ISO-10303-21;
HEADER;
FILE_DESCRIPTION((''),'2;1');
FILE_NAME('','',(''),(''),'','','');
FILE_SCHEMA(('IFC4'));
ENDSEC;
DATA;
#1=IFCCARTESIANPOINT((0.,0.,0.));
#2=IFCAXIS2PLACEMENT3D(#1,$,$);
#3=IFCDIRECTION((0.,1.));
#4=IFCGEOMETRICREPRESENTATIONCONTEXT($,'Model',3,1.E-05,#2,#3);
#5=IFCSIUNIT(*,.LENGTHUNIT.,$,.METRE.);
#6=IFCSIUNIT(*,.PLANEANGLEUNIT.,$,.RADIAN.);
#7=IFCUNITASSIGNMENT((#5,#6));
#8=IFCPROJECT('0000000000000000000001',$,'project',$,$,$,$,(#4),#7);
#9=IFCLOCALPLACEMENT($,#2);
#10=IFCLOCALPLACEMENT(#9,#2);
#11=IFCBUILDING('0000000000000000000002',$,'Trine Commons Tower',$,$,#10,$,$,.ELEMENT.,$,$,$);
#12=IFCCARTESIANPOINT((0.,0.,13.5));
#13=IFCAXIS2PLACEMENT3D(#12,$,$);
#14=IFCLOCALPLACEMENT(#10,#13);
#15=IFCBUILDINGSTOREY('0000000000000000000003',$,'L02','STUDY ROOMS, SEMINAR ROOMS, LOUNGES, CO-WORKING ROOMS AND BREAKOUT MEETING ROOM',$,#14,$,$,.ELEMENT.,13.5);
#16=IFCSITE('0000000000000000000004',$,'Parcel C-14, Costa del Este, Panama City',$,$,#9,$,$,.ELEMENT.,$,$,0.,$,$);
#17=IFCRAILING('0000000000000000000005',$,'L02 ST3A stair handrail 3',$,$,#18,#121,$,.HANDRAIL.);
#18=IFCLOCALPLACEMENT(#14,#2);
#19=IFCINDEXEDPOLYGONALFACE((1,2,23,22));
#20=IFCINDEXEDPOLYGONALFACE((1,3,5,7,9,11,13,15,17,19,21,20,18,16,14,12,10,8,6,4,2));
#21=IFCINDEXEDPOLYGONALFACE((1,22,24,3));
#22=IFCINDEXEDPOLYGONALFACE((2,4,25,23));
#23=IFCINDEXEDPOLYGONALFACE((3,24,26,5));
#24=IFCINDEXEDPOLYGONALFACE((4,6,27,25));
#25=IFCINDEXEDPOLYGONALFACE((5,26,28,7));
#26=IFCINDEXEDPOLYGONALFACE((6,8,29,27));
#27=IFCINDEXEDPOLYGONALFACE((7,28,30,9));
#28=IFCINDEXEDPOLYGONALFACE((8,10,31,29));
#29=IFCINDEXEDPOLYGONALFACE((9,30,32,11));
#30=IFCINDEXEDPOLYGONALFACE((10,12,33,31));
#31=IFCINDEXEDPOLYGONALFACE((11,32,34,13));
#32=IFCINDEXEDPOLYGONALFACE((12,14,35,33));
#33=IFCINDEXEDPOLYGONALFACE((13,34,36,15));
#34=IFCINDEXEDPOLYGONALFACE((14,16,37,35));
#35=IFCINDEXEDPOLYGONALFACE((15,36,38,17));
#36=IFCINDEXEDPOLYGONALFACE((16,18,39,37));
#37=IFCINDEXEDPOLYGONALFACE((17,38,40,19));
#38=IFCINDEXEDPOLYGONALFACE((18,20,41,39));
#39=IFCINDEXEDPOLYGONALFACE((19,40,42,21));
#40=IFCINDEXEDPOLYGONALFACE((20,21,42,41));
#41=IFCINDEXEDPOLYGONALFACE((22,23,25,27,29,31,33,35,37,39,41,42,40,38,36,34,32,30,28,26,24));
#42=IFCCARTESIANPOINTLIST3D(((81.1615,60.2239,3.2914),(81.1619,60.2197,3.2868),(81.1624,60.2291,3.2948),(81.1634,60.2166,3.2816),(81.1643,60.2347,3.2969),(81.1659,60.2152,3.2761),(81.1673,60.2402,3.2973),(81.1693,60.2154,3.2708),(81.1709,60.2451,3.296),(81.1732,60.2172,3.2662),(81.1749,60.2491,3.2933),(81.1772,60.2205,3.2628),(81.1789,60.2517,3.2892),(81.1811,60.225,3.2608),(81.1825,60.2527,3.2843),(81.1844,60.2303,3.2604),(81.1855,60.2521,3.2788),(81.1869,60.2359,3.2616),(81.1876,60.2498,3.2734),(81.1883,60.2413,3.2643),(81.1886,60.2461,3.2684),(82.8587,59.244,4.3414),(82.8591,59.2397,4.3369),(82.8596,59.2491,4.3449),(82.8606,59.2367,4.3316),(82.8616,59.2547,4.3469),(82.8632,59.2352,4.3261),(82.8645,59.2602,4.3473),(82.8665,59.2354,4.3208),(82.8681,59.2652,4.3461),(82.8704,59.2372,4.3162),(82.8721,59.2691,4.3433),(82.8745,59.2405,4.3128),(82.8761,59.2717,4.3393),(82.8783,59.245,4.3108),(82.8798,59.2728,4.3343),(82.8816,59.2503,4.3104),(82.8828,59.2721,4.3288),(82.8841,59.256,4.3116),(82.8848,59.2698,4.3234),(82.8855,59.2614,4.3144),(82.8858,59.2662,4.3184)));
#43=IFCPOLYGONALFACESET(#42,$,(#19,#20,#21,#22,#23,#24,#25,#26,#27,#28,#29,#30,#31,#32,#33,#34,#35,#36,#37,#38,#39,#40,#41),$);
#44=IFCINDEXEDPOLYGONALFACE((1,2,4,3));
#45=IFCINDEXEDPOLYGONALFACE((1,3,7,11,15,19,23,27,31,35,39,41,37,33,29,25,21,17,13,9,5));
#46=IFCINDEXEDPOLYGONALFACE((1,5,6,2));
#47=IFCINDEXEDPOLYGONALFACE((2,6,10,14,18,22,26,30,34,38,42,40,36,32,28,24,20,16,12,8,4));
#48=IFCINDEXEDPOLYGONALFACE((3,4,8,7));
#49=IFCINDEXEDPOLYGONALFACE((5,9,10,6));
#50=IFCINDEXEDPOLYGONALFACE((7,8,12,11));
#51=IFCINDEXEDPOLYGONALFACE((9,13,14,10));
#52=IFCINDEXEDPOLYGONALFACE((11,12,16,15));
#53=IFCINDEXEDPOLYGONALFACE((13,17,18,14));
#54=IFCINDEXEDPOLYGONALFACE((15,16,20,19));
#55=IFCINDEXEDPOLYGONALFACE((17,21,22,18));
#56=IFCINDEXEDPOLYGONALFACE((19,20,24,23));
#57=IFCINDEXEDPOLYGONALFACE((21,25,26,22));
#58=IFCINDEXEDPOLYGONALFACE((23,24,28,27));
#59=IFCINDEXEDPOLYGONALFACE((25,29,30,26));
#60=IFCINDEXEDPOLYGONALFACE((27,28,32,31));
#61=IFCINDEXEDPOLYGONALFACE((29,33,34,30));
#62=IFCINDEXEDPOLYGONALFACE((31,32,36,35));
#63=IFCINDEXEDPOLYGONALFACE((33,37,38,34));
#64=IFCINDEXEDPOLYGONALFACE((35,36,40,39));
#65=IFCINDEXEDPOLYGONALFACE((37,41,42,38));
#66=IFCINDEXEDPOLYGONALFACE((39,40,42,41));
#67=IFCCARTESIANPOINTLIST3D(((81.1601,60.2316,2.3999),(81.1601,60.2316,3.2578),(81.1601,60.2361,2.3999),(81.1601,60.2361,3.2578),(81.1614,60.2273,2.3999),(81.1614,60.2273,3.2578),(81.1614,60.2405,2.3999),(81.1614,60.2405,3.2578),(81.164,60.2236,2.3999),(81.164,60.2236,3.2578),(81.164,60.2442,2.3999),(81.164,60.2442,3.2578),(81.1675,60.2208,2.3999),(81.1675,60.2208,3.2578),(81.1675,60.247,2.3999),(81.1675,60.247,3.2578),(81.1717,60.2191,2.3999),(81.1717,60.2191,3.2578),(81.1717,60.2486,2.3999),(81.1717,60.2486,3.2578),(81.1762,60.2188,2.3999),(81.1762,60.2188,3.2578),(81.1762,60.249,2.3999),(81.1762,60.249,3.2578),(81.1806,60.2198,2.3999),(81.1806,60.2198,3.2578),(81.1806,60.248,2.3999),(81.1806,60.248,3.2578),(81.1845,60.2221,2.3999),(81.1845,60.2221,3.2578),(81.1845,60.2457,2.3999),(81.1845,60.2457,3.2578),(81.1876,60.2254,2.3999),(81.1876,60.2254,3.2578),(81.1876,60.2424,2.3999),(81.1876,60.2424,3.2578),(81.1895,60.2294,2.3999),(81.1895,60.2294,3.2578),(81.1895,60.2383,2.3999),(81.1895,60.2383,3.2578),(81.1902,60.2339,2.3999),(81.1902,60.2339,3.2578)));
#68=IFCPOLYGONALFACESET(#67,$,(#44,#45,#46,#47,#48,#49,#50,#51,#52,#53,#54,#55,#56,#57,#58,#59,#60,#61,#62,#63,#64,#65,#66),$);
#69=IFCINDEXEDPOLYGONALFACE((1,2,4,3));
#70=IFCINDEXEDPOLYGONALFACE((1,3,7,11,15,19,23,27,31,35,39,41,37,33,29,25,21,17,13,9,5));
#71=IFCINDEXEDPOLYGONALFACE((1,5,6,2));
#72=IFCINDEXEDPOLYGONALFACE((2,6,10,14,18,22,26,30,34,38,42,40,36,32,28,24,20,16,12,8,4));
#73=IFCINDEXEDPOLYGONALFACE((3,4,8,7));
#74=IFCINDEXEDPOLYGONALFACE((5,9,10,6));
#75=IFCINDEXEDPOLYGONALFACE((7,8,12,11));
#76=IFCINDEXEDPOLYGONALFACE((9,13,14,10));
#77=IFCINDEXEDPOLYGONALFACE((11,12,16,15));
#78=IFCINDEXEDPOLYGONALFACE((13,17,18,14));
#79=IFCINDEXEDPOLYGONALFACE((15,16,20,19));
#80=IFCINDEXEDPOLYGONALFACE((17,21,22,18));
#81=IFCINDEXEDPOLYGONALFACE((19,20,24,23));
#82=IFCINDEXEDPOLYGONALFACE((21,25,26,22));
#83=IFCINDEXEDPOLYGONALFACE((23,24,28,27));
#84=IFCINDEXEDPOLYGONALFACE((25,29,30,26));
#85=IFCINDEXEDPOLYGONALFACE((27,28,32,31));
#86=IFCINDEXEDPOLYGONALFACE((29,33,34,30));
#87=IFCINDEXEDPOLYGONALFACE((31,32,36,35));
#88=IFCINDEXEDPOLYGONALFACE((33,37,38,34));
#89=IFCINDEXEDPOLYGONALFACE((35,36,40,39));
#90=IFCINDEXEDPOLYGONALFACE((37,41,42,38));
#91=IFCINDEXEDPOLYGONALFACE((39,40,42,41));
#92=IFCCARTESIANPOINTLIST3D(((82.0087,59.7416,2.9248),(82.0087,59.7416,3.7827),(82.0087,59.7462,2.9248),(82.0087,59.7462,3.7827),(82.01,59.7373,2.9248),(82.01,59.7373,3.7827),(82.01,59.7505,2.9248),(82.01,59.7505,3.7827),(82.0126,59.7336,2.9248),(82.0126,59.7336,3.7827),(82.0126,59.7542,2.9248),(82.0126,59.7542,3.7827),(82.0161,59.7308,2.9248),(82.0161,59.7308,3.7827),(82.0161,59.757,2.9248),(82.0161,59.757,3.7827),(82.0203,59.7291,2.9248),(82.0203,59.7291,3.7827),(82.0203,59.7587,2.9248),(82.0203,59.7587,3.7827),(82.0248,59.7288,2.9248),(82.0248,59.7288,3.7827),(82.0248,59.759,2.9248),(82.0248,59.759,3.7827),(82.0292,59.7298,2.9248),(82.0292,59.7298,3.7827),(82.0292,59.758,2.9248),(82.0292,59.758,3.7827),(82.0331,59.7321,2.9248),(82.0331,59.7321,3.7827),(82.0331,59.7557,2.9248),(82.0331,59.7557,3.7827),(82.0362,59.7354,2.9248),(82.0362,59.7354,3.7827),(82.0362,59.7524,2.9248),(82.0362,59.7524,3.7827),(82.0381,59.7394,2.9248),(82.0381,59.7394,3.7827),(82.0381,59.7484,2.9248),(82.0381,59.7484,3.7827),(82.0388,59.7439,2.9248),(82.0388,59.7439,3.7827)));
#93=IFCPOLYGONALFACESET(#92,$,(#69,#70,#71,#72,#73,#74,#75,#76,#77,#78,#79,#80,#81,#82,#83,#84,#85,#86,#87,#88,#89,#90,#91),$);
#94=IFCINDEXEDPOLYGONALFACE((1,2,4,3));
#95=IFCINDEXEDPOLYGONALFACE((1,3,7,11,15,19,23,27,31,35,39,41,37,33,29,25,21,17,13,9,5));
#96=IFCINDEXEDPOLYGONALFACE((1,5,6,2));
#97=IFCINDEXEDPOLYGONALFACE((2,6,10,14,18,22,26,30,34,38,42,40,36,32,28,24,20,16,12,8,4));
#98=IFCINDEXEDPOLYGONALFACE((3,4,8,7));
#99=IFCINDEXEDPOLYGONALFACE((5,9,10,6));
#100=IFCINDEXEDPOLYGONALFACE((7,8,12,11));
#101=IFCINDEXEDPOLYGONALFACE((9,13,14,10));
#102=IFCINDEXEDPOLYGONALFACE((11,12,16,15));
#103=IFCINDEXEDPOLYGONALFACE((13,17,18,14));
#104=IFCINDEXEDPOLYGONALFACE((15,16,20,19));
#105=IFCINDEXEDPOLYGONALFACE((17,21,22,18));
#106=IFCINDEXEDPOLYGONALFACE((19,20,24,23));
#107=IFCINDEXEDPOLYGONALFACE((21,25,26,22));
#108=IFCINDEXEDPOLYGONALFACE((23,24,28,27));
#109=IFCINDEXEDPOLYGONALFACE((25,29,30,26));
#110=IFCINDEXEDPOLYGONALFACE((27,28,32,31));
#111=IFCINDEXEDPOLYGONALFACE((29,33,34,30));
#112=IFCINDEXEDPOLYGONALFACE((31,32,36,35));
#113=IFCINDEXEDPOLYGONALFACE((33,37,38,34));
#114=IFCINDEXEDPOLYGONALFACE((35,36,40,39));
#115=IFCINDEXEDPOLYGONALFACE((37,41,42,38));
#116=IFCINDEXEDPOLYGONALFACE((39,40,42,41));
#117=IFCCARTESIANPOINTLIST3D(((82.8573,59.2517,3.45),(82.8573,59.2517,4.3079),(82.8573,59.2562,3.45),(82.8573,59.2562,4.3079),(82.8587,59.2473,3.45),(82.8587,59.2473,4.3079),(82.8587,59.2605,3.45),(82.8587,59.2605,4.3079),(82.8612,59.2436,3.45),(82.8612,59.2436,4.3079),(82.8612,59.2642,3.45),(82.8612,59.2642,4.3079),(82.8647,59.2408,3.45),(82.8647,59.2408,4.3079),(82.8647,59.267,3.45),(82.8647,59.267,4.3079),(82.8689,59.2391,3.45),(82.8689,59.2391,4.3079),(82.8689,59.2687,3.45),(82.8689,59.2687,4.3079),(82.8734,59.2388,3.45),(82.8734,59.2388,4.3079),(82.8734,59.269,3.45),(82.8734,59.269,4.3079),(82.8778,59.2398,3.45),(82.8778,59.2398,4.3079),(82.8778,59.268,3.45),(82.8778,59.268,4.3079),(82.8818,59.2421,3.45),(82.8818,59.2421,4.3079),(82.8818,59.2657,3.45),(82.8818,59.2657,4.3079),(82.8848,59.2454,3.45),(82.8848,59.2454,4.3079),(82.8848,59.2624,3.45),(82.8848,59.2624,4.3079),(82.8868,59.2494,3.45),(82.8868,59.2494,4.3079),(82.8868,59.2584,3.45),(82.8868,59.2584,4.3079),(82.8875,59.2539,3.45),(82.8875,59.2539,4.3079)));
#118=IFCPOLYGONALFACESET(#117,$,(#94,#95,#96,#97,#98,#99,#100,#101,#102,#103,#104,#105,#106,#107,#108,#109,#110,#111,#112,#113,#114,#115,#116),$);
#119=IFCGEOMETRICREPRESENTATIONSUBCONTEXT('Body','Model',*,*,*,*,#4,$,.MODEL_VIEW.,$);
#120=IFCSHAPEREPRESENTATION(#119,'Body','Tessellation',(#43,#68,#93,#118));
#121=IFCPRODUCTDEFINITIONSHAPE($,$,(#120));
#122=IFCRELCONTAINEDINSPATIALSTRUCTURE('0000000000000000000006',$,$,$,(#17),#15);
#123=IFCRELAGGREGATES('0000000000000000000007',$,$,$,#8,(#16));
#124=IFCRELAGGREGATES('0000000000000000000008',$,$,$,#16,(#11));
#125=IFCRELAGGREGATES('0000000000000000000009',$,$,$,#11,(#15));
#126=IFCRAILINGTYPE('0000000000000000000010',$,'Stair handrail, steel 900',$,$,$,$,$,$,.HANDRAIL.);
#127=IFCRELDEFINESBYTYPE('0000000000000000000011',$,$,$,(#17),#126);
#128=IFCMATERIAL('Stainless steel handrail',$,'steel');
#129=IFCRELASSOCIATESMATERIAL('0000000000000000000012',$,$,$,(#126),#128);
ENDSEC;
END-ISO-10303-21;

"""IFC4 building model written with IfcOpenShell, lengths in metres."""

from ifc_helpers import new_model, si_unit, direction, frame, origin, origin_2d, place, context, subcontext, project, spatial, circle, extrude, material, type_object, element, save


model = new_model("IFC4")

# Units and contexts
model_context = context("Model", 3, precision=1e-05, world=origin(), true_north=direction((0.0, 1.0)))
body_context = subcontext(model_context, "Body", "Model", "MODEL_VIEW")
ifc_project = project(units=[si_unit("LENGTHUNIT", "METRE"), si_unit("PLANEANGLEUNIT", "RADIAN")], contexts=[model_context])

# Site, building, storey
site_placement = place(None, origin())
site = spatial("IfcSite", under=ifc_project, at=site_placement, Name="Parcel C-14, Costa del Este, Panama City", CompositionType="ELEMENT", RefElevation=0.0)
building_placement = place(site_placement, origin())
building = spatial("IfcBuilding", under=site, at=building_placement, Name="Trine Commons Tower", CompositionType="ELEMENT")
storey_placement = place(building_placement, frame((0.0, 0.0, 13.5)))
storey = spatial("IfcBuildingStorey", under=building, at=storey_placement, Name="L02", Description="STUDY ROOMS, SEMINAR ROOMS, LOUNGES, CO-WORKING ROOMS AND BREAKOUT MEETING ROOM", CompositionType="ELEMENT", Elevation=13.5)

# Railing
ifc_material_1 = material(Name="Stainless steel handrail", Category="steel")
railing_type_1 = type_object("IfcRailingType", Name="Stair handrail, steel 900", PredefinedType="HANDRAIL", material=ifc_material_1)
railing_1_placement = place(storey_placement, frame((81.175, 60.2339, 2.3999)))
element("IfcRailing", 1, at=railing_1_placement, inside=storey, type_object=railing_type_1, Name="L02 ST3A stair handrail 3", PredefinedType="HANDRAIL", context=body_context, shape_type="SweptSolid", body=[
    extrude(circle(Radius=0.021, at=origin_2d()), frame((0.0, 0.0, 0.8789), z_axis=(0.763352, -0.44075, 0.472264), x_axis=(0.500024, 0.866011, 0.0)), (0.0, 0.0, 1.0), 2.2234),
    extrude(circle(Radius=0.0151, at=origin_2d()), origin(), (0.0, 0.0, 1.0), 0.8579),
    extrude(circle(Radius=0.0151, at=origin_2d()), frame((0.8486, -0.49, 0.5249)), (0.0, 0.0, 1.0), 0.8579),
    extrude(circle(Radius=0.0151, at=origin_2d()), frame((1.6973, -0.98, 1.05)), (0.0, 0.0, 1.0), 0.8579),
])

save(model, "model.ifc")
